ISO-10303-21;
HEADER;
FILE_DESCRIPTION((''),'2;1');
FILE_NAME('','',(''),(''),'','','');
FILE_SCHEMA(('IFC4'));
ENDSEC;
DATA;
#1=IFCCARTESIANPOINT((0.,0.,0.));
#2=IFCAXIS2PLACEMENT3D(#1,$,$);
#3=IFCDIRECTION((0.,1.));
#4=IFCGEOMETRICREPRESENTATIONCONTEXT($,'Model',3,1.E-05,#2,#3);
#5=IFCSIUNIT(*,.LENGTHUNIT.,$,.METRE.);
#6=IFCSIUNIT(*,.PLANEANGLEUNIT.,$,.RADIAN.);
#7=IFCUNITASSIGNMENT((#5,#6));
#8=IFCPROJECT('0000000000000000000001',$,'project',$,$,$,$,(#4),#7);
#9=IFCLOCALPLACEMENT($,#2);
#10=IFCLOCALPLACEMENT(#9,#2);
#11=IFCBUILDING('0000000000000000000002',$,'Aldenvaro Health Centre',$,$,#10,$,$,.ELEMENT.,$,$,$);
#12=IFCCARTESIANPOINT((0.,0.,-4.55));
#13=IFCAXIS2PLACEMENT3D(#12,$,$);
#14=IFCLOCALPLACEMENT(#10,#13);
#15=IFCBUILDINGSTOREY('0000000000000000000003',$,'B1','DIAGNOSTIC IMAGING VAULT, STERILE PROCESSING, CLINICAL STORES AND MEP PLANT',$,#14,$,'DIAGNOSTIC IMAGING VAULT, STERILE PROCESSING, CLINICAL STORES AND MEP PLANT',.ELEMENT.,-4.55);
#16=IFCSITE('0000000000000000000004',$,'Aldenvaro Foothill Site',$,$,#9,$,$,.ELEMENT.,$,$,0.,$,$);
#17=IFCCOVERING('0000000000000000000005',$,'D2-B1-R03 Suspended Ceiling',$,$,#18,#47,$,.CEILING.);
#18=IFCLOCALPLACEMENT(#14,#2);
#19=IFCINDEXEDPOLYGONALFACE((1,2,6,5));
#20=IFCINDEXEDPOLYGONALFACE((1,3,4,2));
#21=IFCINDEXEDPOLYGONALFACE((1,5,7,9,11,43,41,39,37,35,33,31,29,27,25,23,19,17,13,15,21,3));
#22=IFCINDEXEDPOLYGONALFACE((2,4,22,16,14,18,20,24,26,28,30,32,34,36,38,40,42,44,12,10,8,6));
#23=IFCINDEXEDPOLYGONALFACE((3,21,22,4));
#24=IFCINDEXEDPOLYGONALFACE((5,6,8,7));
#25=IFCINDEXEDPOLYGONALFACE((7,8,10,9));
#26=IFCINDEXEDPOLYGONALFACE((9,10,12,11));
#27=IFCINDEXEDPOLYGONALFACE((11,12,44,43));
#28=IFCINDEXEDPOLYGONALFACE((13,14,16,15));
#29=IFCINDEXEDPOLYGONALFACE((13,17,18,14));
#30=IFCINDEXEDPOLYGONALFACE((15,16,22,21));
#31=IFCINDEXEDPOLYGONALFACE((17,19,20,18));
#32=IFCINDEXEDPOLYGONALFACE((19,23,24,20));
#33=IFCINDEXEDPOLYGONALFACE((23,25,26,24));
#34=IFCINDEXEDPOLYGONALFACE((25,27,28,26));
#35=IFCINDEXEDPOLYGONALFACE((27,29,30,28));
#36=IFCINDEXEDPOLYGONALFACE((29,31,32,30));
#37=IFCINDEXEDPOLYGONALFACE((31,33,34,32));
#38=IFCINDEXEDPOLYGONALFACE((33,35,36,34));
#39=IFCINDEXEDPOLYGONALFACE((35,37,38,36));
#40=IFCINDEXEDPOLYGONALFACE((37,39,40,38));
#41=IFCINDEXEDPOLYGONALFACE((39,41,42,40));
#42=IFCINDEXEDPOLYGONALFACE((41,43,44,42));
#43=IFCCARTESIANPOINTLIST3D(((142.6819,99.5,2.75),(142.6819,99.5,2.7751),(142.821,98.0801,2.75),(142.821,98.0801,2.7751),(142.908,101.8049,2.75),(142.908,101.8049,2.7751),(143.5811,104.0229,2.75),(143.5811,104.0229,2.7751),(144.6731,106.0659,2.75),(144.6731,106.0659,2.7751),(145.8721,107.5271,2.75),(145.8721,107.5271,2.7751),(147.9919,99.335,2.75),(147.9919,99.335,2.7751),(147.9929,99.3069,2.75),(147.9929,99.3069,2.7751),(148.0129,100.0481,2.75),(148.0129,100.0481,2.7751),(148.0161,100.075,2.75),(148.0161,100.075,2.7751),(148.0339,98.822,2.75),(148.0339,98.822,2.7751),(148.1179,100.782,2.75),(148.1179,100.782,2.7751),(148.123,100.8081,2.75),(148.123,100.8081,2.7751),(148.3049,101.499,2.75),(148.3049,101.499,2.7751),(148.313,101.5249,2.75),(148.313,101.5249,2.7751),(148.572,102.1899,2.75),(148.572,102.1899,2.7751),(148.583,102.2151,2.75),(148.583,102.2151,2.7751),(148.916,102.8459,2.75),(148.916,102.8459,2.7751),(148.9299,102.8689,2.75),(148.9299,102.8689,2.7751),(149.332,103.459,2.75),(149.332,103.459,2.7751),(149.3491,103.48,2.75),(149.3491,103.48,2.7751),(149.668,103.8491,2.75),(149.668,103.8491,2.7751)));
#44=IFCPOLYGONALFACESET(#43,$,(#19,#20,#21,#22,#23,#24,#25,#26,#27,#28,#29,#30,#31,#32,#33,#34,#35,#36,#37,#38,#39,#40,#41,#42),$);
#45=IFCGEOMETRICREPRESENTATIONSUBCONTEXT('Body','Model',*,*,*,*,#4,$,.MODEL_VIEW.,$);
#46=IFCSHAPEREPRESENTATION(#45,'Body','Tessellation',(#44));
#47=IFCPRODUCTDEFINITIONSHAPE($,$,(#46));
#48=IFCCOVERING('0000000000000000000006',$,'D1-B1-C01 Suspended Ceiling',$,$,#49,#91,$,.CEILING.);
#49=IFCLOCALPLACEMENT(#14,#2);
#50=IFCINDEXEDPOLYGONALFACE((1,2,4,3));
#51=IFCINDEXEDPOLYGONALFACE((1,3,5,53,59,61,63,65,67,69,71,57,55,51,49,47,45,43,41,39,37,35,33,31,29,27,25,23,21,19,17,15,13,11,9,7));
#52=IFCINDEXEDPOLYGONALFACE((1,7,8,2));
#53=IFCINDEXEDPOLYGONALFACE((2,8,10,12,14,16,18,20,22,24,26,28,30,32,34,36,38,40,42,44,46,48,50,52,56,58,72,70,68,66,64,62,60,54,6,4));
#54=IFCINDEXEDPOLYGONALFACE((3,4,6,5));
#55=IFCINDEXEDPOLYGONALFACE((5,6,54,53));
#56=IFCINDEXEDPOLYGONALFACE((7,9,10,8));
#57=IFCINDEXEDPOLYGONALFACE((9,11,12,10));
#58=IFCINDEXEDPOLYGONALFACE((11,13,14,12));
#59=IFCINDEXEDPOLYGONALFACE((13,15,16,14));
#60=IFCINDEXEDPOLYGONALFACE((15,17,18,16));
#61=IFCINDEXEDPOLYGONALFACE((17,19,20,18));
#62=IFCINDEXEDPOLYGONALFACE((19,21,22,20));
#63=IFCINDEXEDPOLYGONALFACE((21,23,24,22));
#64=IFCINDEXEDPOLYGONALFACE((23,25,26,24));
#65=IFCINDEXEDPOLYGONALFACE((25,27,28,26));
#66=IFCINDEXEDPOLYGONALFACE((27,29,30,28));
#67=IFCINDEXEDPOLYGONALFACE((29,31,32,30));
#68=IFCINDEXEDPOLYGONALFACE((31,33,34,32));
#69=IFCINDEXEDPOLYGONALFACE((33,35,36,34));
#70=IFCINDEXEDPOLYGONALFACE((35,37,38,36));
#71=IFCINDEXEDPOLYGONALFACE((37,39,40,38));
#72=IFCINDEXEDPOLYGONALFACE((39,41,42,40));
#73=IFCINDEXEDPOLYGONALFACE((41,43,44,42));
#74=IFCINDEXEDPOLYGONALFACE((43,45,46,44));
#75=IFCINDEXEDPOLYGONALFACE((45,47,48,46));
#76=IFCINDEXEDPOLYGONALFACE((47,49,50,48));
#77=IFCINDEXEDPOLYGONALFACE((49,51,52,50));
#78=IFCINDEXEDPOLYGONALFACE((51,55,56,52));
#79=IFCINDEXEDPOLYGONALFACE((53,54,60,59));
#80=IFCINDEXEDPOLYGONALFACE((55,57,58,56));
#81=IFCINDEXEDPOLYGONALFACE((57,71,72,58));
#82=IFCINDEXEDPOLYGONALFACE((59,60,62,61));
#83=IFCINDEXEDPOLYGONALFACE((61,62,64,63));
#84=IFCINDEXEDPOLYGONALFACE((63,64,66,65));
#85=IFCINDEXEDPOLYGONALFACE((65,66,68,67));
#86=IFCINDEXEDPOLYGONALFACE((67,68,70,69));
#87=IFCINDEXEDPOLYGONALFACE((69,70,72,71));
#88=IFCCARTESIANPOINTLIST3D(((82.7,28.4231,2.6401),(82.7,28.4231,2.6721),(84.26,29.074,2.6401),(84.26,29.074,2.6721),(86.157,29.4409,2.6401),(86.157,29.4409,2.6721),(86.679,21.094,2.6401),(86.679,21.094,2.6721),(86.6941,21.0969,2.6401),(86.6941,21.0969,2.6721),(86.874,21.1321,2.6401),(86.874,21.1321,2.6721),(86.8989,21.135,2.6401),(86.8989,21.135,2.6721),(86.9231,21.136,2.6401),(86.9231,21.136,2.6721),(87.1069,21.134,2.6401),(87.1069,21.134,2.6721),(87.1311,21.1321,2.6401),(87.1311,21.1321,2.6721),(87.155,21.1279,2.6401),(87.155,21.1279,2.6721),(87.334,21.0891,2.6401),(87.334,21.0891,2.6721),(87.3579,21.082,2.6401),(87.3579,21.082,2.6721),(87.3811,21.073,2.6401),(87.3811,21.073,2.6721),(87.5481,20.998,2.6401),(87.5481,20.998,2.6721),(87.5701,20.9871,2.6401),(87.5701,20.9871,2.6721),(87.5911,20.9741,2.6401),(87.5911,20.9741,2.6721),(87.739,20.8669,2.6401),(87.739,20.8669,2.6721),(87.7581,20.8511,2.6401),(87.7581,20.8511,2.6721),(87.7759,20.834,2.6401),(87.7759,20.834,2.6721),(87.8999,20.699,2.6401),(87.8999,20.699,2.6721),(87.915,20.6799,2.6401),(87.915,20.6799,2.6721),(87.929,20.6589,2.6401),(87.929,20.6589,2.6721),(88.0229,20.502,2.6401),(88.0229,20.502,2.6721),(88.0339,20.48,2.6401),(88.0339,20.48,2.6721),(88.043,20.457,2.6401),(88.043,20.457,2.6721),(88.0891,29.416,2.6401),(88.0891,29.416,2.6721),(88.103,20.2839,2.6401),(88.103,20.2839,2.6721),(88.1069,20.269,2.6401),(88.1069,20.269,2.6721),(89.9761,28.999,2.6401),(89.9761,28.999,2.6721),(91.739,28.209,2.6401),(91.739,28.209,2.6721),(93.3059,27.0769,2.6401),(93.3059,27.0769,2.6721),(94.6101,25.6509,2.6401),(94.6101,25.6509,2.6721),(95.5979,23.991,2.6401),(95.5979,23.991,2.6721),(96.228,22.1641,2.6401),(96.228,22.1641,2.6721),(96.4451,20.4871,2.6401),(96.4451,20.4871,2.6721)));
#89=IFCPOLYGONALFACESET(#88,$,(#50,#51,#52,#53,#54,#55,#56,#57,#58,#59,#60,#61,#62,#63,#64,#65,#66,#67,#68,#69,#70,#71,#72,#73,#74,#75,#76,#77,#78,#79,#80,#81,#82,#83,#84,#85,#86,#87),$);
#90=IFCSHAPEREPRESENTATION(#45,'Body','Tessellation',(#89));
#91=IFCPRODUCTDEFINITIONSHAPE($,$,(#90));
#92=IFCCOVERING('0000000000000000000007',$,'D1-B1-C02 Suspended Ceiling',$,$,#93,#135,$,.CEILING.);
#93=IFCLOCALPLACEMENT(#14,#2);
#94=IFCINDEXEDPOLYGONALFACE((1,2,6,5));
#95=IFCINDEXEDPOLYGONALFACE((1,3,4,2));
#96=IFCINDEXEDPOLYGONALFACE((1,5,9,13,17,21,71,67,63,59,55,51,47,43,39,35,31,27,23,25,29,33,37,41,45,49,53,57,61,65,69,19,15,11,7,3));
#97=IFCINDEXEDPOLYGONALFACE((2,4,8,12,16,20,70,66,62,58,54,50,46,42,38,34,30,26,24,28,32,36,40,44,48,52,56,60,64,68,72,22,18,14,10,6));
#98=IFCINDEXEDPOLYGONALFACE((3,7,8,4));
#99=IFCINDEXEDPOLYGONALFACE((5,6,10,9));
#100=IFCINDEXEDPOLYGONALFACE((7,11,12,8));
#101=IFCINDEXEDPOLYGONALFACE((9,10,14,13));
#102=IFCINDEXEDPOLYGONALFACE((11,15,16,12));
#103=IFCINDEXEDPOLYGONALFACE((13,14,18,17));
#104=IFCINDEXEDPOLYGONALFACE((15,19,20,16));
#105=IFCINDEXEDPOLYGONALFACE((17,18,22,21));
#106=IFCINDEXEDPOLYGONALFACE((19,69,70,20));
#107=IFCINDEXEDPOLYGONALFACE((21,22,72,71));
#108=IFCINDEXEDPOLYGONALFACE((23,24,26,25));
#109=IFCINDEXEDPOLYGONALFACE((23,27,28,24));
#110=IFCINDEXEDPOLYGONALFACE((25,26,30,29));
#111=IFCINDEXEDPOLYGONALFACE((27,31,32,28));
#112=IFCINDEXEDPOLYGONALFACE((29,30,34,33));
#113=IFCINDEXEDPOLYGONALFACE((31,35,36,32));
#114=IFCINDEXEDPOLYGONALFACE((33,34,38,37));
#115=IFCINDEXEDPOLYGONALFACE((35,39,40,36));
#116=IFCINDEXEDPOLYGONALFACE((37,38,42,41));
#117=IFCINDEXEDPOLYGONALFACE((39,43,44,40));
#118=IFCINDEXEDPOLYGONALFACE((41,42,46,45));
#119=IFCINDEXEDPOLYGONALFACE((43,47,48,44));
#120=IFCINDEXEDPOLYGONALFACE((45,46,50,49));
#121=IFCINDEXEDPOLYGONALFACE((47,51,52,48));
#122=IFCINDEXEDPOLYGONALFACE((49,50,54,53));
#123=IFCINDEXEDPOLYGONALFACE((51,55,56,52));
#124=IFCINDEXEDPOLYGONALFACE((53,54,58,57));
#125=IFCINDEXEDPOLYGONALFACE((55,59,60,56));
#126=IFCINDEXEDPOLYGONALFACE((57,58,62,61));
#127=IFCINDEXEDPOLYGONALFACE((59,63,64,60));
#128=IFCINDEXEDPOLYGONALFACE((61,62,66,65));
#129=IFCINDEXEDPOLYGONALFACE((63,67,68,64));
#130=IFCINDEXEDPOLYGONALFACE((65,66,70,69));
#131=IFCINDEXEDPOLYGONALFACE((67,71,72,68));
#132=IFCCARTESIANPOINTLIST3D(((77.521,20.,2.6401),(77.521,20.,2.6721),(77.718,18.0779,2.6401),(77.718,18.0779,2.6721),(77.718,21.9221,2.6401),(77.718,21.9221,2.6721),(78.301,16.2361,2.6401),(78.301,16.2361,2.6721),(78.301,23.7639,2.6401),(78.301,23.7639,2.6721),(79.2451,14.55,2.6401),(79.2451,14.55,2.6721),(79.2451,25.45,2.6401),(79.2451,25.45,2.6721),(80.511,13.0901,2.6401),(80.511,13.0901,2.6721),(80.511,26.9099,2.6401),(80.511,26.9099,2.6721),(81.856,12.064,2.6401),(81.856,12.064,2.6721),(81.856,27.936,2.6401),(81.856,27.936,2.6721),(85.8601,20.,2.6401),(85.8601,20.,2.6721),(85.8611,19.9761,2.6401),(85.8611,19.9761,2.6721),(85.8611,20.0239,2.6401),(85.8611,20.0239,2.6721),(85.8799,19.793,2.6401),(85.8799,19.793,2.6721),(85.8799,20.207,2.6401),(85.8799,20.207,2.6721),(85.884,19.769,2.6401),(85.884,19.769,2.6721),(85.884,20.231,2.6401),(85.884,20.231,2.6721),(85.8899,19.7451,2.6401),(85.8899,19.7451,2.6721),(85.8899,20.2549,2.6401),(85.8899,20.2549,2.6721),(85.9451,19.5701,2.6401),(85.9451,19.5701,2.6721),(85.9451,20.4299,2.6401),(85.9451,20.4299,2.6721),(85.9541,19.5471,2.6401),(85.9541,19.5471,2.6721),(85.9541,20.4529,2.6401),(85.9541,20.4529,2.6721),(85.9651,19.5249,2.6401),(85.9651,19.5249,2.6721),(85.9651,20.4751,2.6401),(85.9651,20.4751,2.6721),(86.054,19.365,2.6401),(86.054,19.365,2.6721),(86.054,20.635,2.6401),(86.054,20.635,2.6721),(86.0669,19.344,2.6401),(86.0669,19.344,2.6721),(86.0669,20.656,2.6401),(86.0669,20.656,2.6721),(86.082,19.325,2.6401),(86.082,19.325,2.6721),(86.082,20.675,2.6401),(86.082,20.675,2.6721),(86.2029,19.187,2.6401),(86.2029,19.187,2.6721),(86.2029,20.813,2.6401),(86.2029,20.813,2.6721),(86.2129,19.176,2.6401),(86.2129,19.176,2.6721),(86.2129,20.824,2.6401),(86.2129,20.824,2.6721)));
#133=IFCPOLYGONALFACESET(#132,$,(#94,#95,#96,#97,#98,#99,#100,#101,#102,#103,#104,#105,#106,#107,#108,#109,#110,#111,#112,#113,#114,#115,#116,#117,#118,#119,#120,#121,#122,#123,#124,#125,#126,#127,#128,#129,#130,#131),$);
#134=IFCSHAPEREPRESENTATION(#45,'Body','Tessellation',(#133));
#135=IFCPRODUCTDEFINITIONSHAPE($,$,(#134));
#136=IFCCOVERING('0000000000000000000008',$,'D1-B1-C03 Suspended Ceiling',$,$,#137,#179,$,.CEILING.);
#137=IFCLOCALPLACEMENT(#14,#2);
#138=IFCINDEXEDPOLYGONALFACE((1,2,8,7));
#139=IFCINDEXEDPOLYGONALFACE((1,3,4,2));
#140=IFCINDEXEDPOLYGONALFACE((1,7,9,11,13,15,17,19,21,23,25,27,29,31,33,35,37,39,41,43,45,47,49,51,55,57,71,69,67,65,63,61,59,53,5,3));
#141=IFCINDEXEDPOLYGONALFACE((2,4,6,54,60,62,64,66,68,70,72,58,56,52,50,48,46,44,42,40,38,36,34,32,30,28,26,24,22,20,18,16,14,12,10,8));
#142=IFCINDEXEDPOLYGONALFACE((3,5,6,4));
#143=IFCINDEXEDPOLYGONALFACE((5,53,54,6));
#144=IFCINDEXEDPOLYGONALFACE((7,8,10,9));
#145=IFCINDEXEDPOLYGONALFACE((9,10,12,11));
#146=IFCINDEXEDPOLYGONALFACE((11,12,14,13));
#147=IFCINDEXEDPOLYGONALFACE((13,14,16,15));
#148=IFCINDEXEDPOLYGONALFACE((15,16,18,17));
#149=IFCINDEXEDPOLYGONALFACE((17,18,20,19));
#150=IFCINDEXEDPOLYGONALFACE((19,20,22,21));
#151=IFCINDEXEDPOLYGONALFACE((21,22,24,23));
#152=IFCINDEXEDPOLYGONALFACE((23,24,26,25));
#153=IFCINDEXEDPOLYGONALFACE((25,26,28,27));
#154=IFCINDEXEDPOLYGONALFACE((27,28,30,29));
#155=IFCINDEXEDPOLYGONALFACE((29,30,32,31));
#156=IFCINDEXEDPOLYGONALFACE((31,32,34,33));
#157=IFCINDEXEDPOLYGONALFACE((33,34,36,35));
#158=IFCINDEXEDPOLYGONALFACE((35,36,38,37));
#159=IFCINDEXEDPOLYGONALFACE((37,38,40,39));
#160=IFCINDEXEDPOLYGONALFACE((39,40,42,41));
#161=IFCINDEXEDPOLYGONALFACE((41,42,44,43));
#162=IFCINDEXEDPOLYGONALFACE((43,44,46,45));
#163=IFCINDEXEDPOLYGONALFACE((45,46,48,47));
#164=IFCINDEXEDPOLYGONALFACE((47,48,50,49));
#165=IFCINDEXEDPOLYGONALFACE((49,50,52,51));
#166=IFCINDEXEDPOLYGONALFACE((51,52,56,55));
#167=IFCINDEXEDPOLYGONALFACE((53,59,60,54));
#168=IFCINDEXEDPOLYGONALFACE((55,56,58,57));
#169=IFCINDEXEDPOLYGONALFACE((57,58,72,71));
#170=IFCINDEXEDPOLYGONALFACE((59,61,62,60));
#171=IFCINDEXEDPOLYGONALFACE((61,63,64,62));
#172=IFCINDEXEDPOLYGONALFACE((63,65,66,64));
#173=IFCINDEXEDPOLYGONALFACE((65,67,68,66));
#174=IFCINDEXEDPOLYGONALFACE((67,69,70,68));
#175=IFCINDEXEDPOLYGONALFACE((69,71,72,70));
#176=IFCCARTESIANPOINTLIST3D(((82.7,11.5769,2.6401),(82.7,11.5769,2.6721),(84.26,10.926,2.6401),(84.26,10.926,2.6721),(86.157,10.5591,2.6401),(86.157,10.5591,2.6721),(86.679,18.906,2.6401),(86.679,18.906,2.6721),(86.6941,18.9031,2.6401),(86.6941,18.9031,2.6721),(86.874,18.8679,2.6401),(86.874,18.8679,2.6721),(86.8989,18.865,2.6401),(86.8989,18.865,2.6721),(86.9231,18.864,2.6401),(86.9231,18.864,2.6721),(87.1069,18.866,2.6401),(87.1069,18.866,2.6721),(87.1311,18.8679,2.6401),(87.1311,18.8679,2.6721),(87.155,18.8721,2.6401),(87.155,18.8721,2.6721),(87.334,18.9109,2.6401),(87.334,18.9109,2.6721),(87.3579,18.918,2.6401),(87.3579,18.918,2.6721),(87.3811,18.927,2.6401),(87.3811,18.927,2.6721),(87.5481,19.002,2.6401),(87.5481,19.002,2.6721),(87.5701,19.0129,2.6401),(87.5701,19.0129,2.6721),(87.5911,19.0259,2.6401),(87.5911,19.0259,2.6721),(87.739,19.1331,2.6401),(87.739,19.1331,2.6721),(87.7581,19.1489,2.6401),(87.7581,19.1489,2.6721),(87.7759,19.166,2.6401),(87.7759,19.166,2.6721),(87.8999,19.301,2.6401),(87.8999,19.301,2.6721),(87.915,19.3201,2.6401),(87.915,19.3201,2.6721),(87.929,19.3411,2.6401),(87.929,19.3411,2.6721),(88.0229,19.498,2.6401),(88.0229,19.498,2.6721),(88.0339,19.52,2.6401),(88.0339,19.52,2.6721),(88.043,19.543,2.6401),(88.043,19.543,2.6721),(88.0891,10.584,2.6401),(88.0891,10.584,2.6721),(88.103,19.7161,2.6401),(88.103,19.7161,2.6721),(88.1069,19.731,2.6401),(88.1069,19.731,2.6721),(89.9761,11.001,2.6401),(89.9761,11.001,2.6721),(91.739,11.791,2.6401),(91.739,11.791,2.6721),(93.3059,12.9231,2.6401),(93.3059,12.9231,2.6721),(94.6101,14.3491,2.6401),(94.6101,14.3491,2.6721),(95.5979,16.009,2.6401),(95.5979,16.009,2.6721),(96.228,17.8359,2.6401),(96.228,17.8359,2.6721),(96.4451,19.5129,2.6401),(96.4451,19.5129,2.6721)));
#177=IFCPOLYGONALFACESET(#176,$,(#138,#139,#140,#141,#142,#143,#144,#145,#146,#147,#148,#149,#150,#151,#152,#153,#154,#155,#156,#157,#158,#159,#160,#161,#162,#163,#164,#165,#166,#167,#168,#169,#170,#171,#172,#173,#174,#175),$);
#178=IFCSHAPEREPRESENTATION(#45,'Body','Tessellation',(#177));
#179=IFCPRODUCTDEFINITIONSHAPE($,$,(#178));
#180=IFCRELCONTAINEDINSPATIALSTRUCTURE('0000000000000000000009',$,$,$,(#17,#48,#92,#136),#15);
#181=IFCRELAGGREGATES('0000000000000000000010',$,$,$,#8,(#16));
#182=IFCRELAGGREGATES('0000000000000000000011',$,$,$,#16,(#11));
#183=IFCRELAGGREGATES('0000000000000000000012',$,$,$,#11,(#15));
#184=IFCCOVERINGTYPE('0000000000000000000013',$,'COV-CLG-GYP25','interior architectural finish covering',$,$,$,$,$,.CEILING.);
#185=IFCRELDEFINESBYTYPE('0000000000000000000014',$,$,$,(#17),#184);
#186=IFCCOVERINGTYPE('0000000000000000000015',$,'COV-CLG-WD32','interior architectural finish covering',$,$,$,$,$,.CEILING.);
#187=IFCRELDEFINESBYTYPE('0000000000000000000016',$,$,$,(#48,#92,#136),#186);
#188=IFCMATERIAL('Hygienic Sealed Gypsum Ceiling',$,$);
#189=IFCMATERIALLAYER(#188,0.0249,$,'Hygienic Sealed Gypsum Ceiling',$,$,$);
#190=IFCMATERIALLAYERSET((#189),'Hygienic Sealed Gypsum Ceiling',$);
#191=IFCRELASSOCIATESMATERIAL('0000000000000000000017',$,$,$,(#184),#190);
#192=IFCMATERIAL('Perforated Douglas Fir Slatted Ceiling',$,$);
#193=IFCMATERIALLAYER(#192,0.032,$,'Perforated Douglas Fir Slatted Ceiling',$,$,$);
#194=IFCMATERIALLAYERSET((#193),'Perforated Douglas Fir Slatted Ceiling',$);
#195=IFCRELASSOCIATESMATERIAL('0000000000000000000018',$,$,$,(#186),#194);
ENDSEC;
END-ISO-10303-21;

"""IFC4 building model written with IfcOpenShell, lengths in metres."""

from ifc_helpers import new_model, si_unit, direction, frame, origin, place, context, subcontext, project, spatial, polyline, outline, extrude, material, layer, layer_set, type_object, element, save


model = new_model("IFC4")

# Units and contexts
model_context = context("Model", 3, precision=1e-05, world=origin(), true_north=direction((0.0, 1.0)))
body_context = subcontext(model_context, "Body", "Model", "MODEL_VIEW")
ifc_project = project(units=[si_unit("LENGTHUNIT", "METRE"), si_unit("PLANEANGLEUNIT", "RADIAN")], contexts=[model_context])

# Site, building, storey
site_placement = place(None, origin())
site = spatial("IfcSite", under=ifc_project, at=site_placement, Name="Aldenvaro Foothill Site", CompositionType="ELEMENT", RefElevation=0.0)
building_placement = place(site_placement, origin())
building = spatial("IfcBuilding", under=site, at=building_placement, Name="Aldenvaro Health Centre", CompositionType="ELEMENT")
storey_placement = place(building_placement, frame((0.0, 0.0, -4.55)))
storey = spatial("IfcBuildingStorey", under=building, at=storey_placement, Name="B1", Description="DIAGNOSTIC IMAGING VAULT, STERILE PROCESSING, CLINICAL STORES AND MEP PLANT", LongName="DIAGNOSTIC IMAGING VAULT, STERILE PROCESSING, CLINICAL STORES AND MEP PLANT", CompositionType="ELEMENT", Elevation=-4.55)

# Coverings
ifc_material_1 = material(Name="Hygienic Sealed Gypsum Ceiling")
ifc_layer_1 = layer(ifc_material_1, 0.0249, Name="Hygienic Sealed Gypsum Ceiling")
ifc_layer_set_1 = layer_set([ifc_layer_1], Name="Hygienic Sealed Gypsum Ceiling")
covering_type_1 = type_object("IfcCoveringType", Name="COV-CLG-GYP25", Description="interior architectural finish covering", PredefinedType="CEILING", material=ifc_layer_set_1)
covering_1_placement = place(storey_placement, frame((0.0, 0.0, 2.75)))
element("IfcCovering", 1, at=covering_1_placement, inside=storey, type_object=covering_type_1, Name="D2-B1-R03 Suspended Ceiling", PredefinedType="CEILING", context=body_context, shape_type="SweptSolid", body=[
    extrude(outline(polyline([(149.3491, 103.48), (149.332, 103.459), (148.9299, 102.8689), (148.916, 102.8459), (148.583, 102.2151), (148.572, 102.1899), (148.313, 101.5249), (148.3049, 101.499), (148.123, 100.8081), (148.1179, 100.782), (148.0161, 100.075), (148.0129, 100.0481), (147.9919, 99.335), (147.9929, 99.3069), (148.0339, 98.822), (142.821, 98.0801), (142.6819, 99.5), (142.908, 101.8049), (143.5811, 104.0229), (144.6731, 106.0659), (145.8721, 107.5271), (149.668, 103.8491), (149.3491, 103.48)])), origin(), (0.0, 0.0, 1.0), 0.0251),
])
ifc_material_2 = material(Name="Perforated Douglas Fir Slatted Ceiling")
ifc_layer_2 = layer(ifc_material_2, 0.032, Name="Perforated Douglas Fir Slatted Ceiling")
ifc_layer_set_2 = layer_set([ifc_layer_2], Name="Perforated Douglas Fir Slatted Ceiling")
covering_type_2 = type_object("IfcCoveringType", Name="COV-CLG-WD32", Description="interior architectural finish covering", PredefinedType="CEILING", material=ifc_layer_set_2)
covering_2_placement = place(storey_placement, frame((0.0, 0.0, 2.6401)))
element("IfcCovering", 2, at=covering_2_placement, inside=storey, type_object=covering_type_2, Name="D1-B1-C01 Suspended Ceiling", PredefinedType="CEILING", context=body_context, shape_type="SweptSolid", body=[
    extrude(outline(polyline([(86.679, 21.094), (82.7, 28.4231), (84.26, 29.074), (86.157, 29.4409), (88.0891, 29.416), (89.9761, 28.999), (91.739, 28.209), (93.3059, 27.0769), (94.6101, 25.6509), (95.5979, 23.991), (96.228, 22.1641), (96.4451, 20.4871), (88.1069, 20.269), (88.103, 20.2839), (88.043, 20.457), (88.0339, 20.48), (88.0229, 20.502), (87.929, 20.6589), (87.915, 20.6799), (87.8999, 20.699), (87.7759, 20.834), (87.7581, 20.8511), (87.739, 20.8669), (87.5911, 20.9741), (87.5701, 20.9871), (87.5481, 20.998), (87.3811, 21.073), (87.3579, 21.082), (87.334, 21.0891), (87.155, 21.1279), (87.1311, 21.1321), (87.1069, 21.134), (86.9231, 21.136), (86.8989, 21.135), (86.874, 21.1321), (86.6941, 21.0969), (86.679, 21.094)])), origin(), (0.0, 0.0, 1.0), 0.032),
])
covering_3_placement = place(storey_placement, frame((0.0, 0.0, 2.6401)))
element("IfcCovering", 3, at=covering_3_placement, inside=storey, type_object=covering_type_2, Name="D1-B1-C02 Suspended Ceiling", PredefinedType="CEILING", context=body_context, shape_type="SweptSolid", body=[
    extrude(outline(polyline([(81.856, 27.936), (86.2129, 20.824), (86.2029, 20.813), (86.082, 20.675), (86.0669, 20.656), (86.054, 20.635), (85.9651, 20.4751), (85.9541, 20.4529), (85.9451, 20.4299), (85.8899, 20.2549), (85.884, 20.231), (85.8799, 20.207), (85.8611, 20.0239), (85.8601, 20.0), (85.8611, 19.9761), (85.8799, 19.793), (85.884, 19.769), (85.8899, 19.7451), (85.9451, 19.5701), (85.9541, 19.5471), (85.9651, 19.5249), (86.054, 19.365), (86.0669, 19.344), (86.082, 19.325), (86.2029, 19.187), (86.2129, 19.176), (81.856, 12.064), (80.511, 13.0901), (79.2451, 14.55), (78.301, 16.2361), (77.718, 18.0779), (77.521, 20.0), (77.718, 21.9221), (78.301, 23.7639), (79.2451, 25.45), (80.511, 26.9099), (81.856, 27.936)])), origin(), (0.0, 0.0, 1.0), 0.032),
])
covering_4_placement = place(storey_placement, frame((0.0, 0.0, 2.6401)))
element("IfcCovering", 4, at=covering_4_placement, inside=storey, type_object=covering_type_2, Name="D1-B1-C03 Suspended Ceiling", PredefinedType="CEILING", context=body_context, shape_type="SweptSolid", body=[
    extrude(outline(polyline([(82.7, 11.5769), (86.679, 18.906), (86.6941, 18.9031), (86.874, 18.8679), (86.8989, 18.865), (86.9231, 18.864), (87.1069, 18.866), (87.1311, 18.8679), (87.155, 18.8721), (87.334, 18.9109), (87.3579, 18.918), (87.3811, 18.927), (87.5481, 19.002), (87.5701, 19.0129), (87.5911, 19.0259), (87.739, 19.1331), (87.7581, 19.1489), (87.7759, 19.166), (87.8999, 19.301), (87.915, 19.3201), (87.929, 19.3411), (88.0229, 19.498), (88.0339, 19.52), (88.043, 19.543), (88.103, 19.7161), (88.1069, 19.731), (96.4451, 19.5129), (96.228, 17.8359), (95.5979, 16.009), (94.6101, 14.3491), (93.3059, 12.9231), (91.739, 11.791), (89.9761, 11.001), (88.0891, 10.584), (86.157, 10.5591), (84.26, 10.926), (82.7, 11.5769)])), origin(), (0.0, 0.0, 1.0), 0.032),
])

save(model, "model.ifc")
